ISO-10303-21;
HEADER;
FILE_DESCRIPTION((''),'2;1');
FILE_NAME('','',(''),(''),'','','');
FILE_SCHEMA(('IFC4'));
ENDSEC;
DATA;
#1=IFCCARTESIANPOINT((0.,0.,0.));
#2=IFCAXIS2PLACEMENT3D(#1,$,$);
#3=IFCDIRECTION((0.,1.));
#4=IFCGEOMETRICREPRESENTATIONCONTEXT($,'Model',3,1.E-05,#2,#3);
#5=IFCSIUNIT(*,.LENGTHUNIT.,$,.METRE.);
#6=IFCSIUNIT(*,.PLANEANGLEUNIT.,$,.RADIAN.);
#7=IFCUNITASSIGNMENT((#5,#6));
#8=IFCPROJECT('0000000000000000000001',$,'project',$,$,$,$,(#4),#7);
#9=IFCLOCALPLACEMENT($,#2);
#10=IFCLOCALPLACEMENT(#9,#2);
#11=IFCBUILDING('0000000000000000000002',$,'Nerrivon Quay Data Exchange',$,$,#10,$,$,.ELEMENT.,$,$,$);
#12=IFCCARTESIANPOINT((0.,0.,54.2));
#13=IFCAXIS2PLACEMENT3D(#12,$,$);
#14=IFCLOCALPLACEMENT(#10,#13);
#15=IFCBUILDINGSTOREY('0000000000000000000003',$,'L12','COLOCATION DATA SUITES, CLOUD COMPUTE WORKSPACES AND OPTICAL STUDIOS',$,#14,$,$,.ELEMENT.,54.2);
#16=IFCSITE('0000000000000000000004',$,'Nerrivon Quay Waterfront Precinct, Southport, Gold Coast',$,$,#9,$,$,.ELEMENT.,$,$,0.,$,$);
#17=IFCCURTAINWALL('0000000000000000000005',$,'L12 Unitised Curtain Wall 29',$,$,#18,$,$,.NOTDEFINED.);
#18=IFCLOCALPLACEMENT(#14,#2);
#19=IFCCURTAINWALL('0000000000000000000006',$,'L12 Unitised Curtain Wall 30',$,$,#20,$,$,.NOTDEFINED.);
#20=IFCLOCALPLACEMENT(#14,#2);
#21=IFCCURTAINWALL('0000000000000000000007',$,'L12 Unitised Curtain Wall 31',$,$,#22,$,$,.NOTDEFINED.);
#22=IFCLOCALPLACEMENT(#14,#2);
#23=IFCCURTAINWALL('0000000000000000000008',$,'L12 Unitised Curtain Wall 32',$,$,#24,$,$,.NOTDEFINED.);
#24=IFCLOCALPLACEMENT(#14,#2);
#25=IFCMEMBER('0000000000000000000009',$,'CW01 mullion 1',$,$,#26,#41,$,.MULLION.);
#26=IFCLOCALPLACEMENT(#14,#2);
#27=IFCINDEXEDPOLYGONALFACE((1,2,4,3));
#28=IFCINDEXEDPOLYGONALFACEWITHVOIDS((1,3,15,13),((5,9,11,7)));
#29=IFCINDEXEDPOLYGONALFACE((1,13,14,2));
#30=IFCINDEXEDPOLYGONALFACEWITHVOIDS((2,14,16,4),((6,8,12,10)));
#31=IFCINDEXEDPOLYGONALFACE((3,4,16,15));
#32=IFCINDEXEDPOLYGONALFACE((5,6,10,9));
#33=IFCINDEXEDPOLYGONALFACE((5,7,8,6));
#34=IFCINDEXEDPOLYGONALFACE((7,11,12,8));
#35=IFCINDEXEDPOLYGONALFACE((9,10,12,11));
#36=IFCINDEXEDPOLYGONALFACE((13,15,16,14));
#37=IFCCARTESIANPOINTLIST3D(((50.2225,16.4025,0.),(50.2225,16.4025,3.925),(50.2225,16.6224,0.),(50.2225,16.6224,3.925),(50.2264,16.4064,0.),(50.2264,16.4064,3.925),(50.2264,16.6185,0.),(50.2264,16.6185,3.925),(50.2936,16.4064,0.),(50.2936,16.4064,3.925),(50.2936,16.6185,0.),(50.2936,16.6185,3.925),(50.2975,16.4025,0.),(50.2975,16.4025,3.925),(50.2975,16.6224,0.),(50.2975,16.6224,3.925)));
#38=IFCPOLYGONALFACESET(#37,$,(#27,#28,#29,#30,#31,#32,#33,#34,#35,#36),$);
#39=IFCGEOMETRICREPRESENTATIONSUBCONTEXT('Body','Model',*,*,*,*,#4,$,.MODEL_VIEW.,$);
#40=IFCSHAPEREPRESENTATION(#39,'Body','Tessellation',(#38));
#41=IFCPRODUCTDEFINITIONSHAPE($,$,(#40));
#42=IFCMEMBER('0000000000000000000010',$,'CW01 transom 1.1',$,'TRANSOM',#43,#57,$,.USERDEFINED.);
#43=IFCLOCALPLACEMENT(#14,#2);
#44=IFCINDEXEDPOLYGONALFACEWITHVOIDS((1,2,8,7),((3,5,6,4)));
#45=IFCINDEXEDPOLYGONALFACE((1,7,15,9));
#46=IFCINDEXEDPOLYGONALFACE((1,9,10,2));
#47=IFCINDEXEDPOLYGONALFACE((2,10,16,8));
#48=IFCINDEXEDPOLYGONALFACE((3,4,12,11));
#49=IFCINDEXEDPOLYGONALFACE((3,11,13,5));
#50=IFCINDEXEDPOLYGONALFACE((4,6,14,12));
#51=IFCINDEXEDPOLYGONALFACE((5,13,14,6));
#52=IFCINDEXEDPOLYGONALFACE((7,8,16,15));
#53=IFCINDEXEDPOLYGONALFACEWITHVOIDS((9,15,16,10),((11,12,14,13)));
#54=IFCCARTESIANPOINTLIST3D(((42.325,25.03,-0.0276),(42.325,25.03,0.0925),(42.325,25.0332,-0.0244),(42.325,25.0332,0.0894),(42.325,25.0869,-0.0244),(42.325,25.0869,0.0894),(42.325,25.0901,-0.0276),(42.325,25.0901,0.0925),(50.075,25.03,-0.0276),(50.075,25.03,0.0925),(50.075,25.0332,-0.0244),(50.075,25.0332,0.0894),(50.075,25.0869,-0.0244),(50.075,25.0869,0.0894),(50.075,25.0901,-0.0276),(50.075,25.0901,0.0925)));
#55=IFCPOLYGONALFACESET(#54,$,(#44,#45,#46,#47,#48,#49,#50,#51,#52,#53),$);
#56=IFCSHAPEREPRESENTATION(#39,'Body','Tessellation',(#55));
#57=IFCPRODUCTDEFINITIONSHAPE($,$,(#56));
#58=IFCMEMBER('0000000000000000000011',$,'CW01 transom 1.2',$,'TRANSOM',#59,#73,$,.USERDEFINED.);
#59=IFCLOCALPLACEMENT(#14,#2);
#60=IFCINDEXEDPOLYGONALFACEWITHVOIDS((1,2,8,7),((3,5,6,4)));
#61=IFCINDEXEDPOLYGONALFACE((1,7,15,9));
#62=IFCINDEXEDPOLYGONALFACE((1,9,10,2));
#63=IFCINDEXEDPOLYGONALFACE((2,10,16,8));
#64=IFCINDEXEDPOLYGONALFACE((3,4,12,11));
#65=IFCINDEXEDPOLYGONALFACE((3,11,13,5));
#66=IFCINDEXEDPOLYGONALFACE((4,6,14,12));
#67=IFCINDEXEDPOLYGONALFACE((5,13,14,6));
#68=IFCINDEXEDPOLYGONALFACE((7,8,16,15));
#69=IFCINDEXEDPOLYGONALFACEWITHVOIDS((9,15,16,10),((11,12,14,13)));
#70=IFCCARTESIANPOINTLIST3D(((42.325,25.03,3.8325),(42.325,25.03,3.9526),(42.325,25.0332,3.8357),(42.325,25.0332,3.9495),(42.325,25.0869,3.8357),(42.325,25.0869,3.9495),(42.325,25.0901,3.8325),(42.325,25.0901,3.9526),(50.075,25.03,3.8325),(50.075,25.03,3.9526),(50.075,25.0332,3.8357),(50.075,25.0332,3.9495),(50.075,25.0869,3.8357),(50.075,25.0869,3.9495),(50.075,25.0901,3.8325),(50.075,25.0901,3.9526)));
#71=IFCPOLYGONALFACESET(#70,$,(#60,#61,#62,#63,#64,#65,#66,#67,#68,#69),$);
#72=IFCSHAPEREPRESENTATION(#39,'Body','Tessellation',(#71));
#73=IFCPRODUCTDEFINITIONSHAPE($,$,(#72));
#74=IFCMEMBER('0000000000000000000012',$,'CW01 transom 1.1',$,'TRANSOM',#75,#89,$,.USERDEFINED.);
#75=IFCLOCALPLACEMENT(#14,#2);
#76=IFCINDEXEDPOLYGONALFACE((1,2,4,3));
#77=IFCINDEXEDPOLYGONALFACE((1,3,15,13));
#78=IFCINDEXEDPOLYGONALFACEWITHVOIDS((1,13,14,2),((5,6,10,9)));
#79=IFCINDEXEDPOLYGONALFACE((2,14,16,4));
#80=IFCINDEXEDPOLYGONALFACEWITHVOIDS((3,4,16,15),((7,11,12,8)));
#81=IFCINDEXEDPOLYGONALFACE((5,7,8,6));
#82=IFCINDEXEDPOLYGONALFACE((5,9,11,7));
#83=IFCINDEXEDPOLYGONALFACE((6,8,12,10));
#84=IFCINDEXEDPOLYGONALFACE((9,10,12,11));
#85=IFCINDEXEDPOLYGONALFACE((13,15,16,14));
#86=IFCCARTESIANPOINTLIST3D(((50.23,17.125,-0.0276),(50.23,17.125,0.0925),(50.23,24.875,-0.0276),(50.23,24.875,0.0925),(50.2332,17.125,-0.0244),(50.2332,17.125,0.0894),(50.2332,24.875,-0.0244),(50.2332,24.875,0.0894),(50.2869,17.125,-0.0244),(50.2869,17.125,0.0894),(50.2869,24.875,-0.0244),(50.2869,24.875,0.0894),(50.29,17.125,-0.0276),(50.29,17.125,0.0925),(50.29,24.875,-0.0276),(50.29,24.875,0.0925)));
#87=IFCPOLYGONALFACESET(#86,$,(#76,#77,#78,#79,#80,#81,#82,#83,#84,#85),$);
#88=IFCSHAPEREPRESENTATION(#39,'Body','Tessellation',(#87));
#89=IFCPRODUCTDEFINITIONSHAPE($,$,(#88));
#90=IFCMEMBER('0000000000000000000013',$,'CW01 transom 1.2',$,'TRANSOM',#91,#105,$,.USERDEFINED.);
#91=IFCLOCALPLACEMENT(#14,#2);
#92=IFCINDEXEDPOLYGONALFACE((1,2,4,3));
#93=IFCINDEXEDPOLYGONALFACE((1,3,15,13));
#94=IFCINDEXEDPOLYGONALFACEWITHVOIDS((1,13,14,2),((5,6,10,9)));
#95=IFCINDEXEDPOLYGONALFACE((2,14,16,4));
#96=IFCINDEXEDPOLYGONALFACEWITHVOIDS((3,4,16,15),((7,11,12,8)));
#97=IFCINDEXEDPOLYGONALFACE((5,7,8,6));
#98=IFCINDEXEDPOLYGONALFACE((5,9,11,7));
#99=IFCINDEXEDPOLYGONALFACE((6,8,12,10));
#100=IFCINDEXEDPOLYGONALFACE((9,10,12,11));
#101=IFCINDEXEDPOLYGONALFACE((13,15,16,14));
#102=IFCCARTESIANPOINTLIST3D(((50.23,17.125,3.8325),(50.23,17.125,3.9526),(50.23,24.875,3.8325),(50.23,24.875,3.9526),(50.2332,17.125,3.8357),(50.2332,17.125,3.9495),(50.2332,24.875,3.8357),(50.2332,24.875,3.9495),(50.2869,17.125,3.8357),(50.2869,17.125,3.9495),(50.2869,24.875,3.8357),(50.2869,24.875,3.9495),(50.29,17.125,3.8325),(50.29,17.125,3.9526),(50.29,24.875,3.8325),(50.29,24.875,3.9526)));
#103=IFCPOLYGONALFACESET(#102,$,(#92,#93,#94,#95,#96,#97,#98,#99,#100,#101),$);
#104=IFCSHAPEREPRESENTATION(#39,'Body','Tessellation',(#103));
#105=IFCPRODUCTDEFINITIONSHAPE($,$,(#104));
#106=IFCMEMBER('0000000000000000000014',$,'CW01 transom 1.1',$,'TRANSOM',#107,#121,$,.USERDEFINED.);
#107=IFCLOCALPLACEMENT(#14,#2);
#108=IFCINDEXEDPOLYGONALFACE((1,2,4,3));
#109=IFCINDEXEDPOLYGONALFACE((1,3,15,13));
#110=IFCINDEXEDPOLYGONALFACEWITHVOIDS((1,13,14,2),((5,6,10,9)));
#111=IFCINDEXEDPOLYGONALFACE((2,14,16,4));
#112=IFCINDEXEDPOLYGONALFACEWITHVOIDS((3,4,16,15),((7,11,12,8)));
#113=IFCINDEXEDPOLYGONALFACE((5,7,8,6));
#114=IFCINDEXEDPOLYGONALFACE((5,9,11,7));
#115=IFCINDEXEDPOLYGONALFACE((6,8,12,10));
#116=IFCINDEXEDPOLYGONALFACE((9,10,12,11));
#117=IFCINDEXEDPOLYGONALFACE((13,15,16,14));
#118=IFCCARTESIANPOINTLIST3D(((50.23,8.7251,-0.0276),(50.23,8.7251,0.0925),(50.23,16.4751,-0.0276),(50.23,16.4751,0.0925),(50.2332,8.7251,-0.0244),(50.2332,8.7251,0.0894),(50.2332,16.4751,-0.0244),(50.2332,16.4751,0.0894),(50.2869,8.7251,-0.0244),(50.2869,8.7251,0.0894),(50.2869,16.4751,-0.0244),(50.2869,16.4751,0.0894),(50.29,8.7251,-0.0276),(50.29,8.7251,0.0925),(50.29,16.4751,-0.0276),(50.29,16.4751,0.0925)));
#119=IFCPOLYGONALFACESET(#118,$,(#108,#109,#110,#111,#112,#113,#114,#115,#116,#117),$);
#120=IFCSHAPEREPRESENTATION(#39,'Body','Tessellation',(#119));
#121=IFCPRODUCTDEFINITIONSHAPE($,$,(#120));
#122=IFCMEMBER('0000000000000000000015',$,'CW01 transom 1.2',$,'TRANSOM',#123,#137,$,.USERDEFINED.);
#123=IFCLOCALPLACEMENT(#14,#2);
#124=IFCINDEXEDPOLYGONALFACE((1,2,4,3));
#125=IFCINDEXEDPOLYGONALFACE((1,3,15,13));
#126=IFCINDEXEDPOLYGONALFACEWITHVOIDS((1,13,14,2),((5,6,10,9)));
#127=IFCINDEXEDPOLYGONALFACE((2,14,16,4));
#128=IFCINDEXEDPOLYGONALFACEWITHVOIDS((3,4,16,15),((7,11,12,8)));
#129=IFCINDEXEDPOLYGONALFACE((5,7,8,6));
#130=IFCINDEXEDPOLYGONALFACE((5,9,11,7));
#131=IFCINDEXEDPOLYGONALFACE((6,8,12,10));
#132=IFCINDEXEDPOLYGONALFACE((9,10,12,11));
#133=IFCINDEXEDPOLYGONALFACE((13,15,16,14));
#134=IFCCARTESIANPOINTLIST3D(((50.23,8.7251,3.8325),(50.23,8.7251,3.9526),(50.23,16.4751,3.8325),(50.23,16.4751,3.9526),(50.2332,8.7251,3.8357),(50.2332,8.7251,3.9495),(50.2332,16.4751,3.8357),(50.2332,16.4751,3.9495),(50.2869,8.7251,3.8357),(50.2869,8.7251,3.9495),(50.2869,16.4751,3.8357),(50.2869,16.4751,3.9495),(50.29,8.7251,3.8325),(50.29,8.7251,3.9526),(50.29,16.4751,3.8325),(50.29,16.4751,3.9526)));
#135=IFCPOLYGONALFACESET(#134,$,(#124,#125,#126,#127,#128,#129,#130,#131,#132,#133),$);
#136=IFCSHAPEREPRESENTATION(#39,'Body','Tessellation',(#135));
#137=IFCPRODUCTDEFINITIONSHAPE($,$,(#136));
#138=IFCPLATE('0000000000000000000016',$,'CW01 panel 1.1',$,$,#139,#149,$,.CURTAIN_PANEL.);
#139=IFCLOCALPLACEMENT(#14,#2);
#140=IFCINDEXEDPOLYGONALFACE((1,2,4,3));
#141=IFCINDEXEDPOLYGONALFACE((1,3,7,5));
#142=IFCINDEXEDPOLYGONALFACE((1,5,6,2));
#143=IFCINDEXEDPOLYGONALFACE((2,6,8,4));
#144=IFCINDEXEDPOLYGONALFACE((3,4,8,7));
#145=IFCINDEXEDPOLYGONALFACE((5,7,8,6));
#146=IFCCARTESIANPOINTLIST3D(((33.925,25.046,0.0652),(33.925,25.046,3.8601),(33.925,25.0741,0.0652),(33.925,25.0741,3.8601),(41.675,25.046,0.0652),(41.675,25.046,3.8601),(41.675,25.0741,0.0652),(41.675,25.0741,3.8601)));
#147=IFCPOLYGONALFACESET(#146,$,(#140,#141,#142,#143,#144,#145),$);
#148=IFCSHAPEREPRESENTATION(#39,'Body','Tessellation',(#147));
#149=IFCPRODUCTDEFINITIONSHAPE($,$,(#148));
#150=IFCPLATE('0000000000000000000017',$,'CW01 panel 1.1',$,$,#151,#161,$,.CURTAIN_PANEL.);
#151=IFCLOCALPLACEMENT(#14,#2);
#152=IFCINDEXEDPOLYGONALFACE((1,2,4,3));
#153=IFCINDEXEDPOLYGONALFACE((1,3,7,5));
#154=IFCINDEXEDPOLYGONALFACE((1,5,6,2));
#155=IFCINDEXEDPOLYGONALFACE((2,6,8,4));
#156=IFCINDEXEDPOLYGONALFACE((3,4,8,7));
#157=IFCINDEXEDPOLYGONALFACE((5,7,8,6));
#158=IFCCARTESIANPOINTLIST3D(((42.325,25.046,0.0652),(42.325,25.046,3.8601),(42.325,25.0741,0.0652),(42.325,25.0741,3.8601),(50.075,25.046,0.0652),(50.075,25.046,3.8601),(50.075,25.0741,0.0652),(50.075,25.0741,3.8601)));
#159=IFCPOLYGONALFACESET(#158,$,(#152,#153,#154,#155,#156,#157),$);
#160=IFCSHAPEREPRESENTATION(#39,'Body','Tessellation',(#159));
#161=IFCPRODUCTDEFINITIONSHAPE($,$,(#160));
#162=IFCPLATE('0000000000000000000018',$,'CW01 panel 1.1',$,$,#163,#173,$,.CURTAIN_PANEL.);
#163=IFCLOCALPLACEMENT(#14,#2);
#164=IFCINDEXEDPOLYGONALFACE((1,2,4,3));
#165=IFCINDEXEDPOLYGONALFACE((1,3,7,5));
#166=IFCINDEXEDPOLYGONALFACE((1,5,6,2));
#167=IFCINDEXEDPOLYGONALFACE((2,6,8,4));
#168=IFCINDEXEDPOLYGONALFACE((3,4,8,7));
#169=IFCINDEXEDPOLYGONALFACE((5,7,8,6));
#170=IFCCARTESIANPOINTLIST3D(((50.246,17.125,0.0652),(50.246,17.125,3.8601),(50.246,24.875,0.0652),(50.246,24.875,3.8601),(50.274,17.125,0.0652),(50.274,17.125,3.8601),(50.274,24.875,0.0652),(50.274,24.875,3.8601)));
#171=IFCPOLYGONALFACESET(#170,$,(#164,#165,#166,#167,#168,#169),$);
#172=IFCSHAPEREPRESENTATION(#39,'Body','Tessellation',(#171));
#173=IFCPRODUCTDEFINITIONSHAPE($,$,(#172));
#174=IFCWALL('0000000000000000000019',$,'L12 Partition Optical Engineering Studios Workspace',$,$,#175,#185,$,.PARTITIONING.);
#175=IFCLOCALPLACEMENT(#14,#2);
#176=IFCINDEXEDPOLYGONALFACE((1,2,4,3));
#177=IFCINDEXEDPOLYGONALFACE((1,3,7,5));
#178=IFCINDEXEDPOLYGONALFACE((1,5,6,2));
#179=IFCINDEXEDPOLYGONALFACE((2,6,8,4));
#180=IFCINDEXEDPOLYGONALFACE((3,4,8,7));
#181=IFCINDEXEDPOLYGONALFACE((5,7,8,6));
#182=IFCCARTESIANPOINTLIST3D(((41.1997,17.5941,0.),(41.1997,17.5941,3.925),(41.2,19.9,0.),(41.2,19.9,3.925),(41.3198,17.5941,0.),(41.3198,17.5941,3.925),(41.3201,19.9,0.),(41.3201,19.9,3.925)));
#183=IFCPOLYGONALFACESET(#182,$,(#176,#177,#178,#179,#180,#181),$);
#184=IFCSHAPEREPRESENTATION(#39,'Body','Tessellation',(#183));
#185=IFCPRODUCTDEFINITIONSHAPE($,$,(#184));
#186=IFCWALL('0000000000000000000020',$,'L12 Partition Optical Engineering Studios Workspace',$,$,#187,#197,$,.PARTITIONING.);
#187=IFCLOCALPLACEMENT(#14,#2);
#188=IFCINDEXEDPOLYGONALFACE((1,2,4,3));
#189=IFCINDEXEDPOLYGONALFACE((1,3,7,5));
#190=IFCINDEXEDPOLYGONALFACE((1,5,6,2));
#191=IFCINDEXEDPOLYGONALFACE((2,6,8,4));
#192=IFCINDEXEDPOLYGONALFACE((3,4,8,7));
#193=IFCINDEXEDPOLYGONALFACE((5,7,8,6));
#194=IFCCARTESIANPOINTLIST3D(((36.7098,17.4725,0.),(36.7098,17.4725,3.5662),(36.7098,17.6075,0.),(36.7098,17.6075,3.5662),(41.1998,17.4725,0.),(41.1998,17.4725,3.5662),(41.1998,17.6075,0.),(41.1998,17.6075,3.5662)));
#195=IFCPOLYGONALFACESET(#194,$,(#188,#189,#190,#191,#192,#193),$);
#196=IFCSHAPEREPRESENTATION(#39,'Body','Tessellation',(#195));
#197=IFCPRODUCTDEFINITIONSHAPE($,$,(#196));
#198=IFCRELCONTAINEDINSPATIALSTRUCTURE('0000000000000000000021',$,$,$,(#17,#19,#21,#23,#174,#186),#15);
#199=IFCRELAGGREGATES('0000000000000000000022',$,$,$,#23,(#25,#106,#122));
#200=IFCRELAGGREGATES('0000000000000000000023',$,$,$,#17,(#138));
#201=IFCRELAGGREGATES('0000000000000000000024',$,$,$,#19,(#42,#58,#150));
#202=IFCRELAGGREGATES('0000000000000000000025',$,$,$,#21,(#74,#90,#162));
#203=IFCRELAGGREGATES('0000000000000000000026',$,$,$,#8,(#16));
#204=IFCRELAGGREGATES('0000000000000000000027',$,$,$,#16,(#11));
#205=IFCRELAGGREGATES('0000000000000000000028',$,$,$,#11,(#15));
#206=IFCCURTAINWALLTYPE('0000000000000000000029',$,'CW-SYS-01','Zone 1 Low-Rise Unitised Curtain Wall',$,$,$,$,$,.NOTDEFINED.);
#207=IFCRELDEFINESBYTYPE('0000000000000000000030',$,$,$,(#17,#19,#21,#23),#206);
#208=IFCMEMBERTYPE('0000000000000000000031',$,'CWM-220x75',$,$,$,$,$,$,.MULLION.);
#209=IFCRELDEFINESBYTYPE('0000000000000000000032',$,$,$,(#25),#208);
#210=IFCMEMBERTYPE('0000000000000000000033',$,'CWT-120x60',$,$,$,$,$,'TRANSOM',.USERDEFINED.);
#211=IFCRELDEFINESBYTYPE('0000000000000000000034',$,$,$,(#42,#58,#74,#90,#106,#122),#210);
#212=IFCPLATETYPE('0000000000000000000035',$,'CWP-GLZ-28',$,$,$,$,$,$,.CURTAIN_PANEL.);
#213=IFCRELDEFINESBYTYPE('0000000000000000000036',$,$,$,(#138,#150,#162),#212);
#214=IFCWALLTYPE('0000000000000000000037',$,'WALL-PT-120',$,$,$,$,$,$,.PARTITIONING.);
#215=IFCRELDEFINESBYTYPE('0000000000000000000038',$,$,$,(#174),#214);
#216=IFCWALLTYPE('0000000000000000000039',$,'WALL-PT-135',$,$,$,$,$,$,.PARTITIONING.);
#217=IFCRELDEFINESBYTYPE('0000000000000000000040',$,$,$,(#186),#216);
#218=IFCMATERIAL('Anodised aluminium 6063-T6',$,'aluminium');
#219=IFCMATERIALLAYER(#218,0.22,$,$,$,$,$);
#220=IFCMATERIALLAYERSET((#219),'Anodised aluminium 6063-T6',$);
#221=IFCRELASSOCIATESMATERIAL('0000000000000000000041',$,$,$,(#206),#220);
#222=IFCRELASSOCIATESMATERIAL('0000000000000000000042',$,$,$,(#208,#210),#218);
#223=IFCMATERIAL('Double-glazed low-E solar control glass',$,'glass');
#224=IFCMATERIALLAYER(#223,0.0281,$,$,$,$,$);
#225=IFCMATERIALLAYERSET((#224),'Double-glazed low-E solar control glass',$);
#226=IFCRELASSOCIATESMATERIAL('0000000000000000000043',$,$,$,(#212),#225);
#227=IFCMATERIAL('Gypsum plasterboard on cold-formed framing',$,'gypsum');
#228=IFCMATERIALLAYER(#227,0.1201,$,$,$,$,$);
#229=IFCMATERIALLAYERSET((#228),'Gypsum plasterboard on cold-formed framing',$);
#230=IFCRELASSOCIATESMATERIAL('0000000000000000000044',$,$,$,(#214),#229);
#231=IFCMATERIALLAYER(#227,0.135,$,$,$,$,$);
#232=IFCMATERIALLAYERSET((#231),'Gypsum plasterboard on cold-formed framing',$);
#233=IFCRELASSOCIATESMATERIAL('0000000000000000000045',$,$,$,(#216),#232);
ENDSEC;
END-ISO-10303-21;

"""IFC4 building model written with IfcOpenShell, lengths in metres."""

from ifc_helpers import new_model, si_unit, direction, frame, frame_2d, origin, origin_2d, place, context, subcontext, project, spatial, rectangle, hollow_rectangle, extrude, material, layer, layer_set, material_profile, profile_set, type_object, element, aggregate, save


model = new_model("IFC4")

# Units and contexts
model_context = context("Model", 3, precision=1e-05, world=origin(), true_north=direction((0.0, 1.0)))
body_context = subcontext(model_context, "Body", "Model", "MODEL_VIEW")
ifc_project = project(units=[si_unit("LENGTHUNIT", "METRE"), si_unit("PLANEANGLEUNIT", "RADIAN")], contexts=[model_context])

# Site, building, storey
site_placement = place(None, origin())
site = spatial("IfcSite", under=ifc_project, at=site_placement, Name="Nerrivon Quay Waterfront Precinct, Southport, Gold Coast", CompositionType="ELEMENT", RefElevation=0.0)
building_placement = place(site_placement, origin())
building = spatial("IfcBuilding", under=site, at=building_placement, Name="Nerrivon Quay Data Exchange", CompositionType="ELEMENT")
storey_placement = place(building_placement, frame((0.0, 0.0, 54.2)))
storey = spatial("IfcBuildingStorey", under=building, at=storey_placement, Name="L12", Description="COLOCATION DATA SUITES, CLOUD COMPUTE WORKSPACES AND OPTICAL STUDIOS", CompositionType="ELEMENT", Elevation=54.2)

# Curtain wall
ifc_material_1 = material(Name="Anodised aluminium 6063-T6", Category="aluminium")
ifc_layer_1 = layer(ifc_material_1, 0.22)
ifc_layer_set_1 = layer_set([ifc_layer_1], Name="Anodised aluminium 6063-T6")
curtain_wall_type = type_object("IfcCurtainWallType", Name="CW-SYS-01", Description="Zone 1 Low-Rise Unitised Curtain Wall", PredefinedType="NOTDEFINED", material=ifc_layer_set_1)
curtain_wall_1_placement = place(storey_placement, origin())
curtain_wall_1 = element("IfcCurtainWall", 1, at=curtain_wall_1_placement, inside=storey, type_object=curtain_wall_type, Name="L12 Unitised Curtain Wall 29", PredefinedType="NOTDEFINED")
ifc_material_profile_1 = material_profile(ifc_material_1, hollow_rectangle(XDim=0.075, YDim=0.22, WallThickness=0.0039, at=origin_2d()), Name="ALU-MULL-220x75")
ifc_profile_set_1 = profile_set([ifc_material_profile_1], Name="Anodised aluminium 6063-T6")
member_type_1 = type_object("IfcMemberType", Name="CWM-220x75", PredefinedType="MULLION", material=ifc_profile_set_1)

# Curtain walls
curtain_wall_2_placement = place(storey_placement, origin())
curtain_wall_2 = element("IfcCurtainWall", 2, at=curtain_wall_2_placement, inside=storey, type_object=curtain_wall_type, Name="L12 Unitised Curtain Wall 30", PredefinedType="NOTDEFINED")
curtain_wall_3_placement = place(storey_placement, origin())
curtain_wall_3 = element("IfcCurtainWall", 3, at=curtain_wall_3_placement, inside=storey, type_object=curtain_wall_type, Name="L12 Unitised Curtain Wall 31", PredefinedType="NOTDEFINED")

# Curtain wall, member
curtain_wall_4_placement = place(storey_placement, origin())
curtain_wall_4 = element("IfcCurtainWall", 4, at=curtain_wall_4_placement, inside=storey, type_object=curtain_wall_type, Name="L12 Unitised Curtain Wall 32", PredefinedType="NOTDEFINED")
member_1_placement = place(storey_placement, frame((50.26, 16.5125, 0.0), z_axis=(0.0, 0.0, 1.0), x_axis=(1.0, 0.0, 0.0)))
member_1 = element("IfcMember", 5, at=member_1_placement, type_object=member_type_1, Name="CW01 mullion 1", PredefinedType="MULLION", context=body_context, shape_type="SweptSolid", body=[
    extrude(hollow_rectangle(XDim=0.075, YDim=0.22, WallThickness=0.0039, at=origin_2d()), origin(), (0.0, 0.0, 1.0), 3.925),
])

# Members
ifc_material_profile_2 = material_profile(ifc_material_1, hollow_rectangle(XDim=0.0601, YDim=0.1201, WallThickness=0.0032, at=origin_2d()), Name="ALU-TRAN-120x60")
ifc_profile_set_2 = profile_set([ifc_material_profile_2], Name="Anodised aluminium 6063-T6")
member_type_2 = type_object("IfcMemberType", Name="CWT-120x60", ElementType="TRANSOM", PredefinedType="USERDEFINED", material=ifc_profile_set_2)
member_2_placement = place(storey_placement, frame((42.325, 25.0601, 0.0325), z_axis=(1.0, 0.0, 0.0), x_axis=(0.0, 1.0, 0.0)))
member_2 = element("IfcMember", 6, at=member_2_placement, type_object=member_type_2, Name="CW01 transom 1.1", ObjectType="TRANSOM", PredefinedType="USERDEFINED", context=body_context, shape_type="SweptSolid", body=[
    extrude(hollow_rectangle(XDim=0.0601, YDim=0.1201, WallThickness=0.0032, at=origin_2d()), origin(), (0.0, 0.0, 1.0), 7.75),
])
member_3_placement = place(storey_placement, frame((42.325, 25.0601, 3.8926), z_axis=(1.0, 0.0, 0.0), x_axis=(0.0, 1.0, 0.0)))
member_3 = element("IfcMember", 7, at=member_3_placement, type_object=member_type_2, Name="CW01 transom 1.2", ObjectType="TRANSOM", PredefinedType="USERDEFINED", context=body_context, shape_type="SweptSolid", body=[
    extrude(hollow_rectangle(XDim=0.0601, YDim=0.1201, WallThickness=0.0032, at=origin_2d()), origin(), (0.0, 0.0, 1.0), 7.75),
])
member_4_placement = place(storey_placement, frame((50.26, 24.875, 0.0325), z_axis=(0.0, -1.0, 0.0), x_axis=(1.0, 0.0, 0.0)))
member_4 = element("IfcMember", 8, at=member_4_placement, type_object=member_type_2, Name="CW01 transom 1.1", ObjectType="TRANSOM", PredefinedType="USERDEFINED", context=body_context, shape_type="SweptSolid", body=[
    extrude(hollow_rectangle(XDim=0.0601, YDim=0.1201, WallThickness=0.0032, at=origin_2d()), origin(), (0.0, 0.0, 1.0), 7.75),
])
member_5_placement = place(storey_placement, frame((50.26, 24.875, 3.8926), z_axis=(0.0, -1.0, 0.0), x_axis=(1.0, 0.0, 0.0)))
member_5 = element("IfcMember", 9, at=member_5_placement, type_object=member_type_2, Name="CW01 transom 1.2", ObjectType="TRANSOM", PredefinedType="USERDEFINED", context=body_context, shape_type="SweptSolid", body=[
    extrude(hollow_rectangle(XDim=0.0601, YDim=0.1201, WallThickness=0.0032, at=origin_2d()), origin(), (0.0, 0.0, 1.0), 7.75),
])
member_6_placement = place(storey_placement, frame((50.26, 16.4751, 0.0325), z_axis=(0.0, -1.0, 0.0), x_axis=(1.0, 0.0, 0.0)))
member_6 = element("IfcMember", 10, at=member_6_placement, type_object=member_type_2, Name="CW01 transom 1.1", ObjectType="TRANSOM", PredefinedType="USERDEFINED", context=body_context, shape_type="SweptSolid", body=[
    extrude(hollow_rectangle(XDim=0.0601, YDim=0.1201, WallThickness=0.0032, at=origin_2d()), origin(), (0.0, 0.0, 1.0), 7.75),
])
member_7_placement = place(storey_placement, frame((50.26, 16.4751, 3.8926), z_axis=(0.0, -1.0, 0.0), x_axis=(1.0, 0.0, 0.0)))
member_7 = element("IfcMember", 11, at=member_7_placement, type_object=member_type_2, Name="CW01 transom 1.2", ObjectType="TRANSOM", PredefinedType="USERDEFINED", context=body_context, shape_type="SweptSolid", body=[
    extrude(hollow_rectangle(XDim=0.0601, YDim=0.1201, WallThickness=0.0032, at=origin_2d()), origin(), (0.0, 0.0, 1.0), 7.75),
])
aggregate(curtain_wall_4, [member_1, member_6, member_7])

# Plates
ifc_material_2 = material(Name="Double-glazed low-E solar control glass", Category="glass")
ifc_layer_2 = layer(ifc_material_2, 0.0281)
ifc_layer_set_2 = layer_set([ifc_layer_2], Name="Double-glazed low-E solar control glass")
plate_type = type_object("IfcPlateType", Name="CWP-GLZ-28", PredefinedType="CURTAIN_PANEL", material=ifc_layer_set_2)
plate_1_placement = place(storey_placement, frame((37.8, 25.0601, 0.0652), z_axis=(0.0, 0.0, 1.0), x_axis=(1.0, 0.0, 0.0)))
plate_1 = element("IfcPlate", 12, at=plate_1_placement, type_object=plate_type, Name="CW01 panel 1.1", PredefinedType="CURTAIN_PANEL", context=body_context, shape_type="SweptSolid", body=[
    extrude(rectangle(XDim=7.75, YDim=0.0281, at=origin_2d()), origin(), (0.0, 0.0, 1.0), 3.7949),
])
aggregate(curtain_wall_1, [plate_1])
plate_2_placement = place(storey_placement, frame((46.2, 25.0601, 0.0652), z_axis=(0.0, 0.0, 1.0), x_axis=(1.0, 0.0, 0.0)))
plate_2 = element("IfcPlate", 13, at=plate_2_placement, type_object=plate_type, Name="CW01 panel 1.1", PredefinedType="CURTAIN_PANEL", context=body_context, shape_type="SweptSolid", body=[
    extrude(rectangle(XDim=7.75, YDim=0.0281, at=origin_2d()), origin(), (0.0, 0.0, 1.0), 3.7949),
])
aggregate(curtain_wall_2, [member_2, member_3, plate_2])
plate_3_placement = place(storey_placement, frame((50.26, 21.0, 0.0652), z_axis=(0.0, 0.0, 1.0), x_axis=(0.0, -1.0, 0.0)))
plate_3 = element("IfcPlate", 14, at=plate_3_placement, type_object=plate_type, Name="CW01 panel 1.1", PredefinedType="CURTAIN_PANEL", context=body_context, shape_type="SweptSolid", body=[
    extrude(rectangle(XDim=7.75, YDim=0.0281, at=origin_2d()), origin(), (0.0, 0.0, 1.0), 3.7949),
])
aggregate(curtain_wall_3, [member_4, member_5, plate_3])

# Walls
ifc_material_3 = material(Name="Gypsum plasterboard on cold-formed framing", Category="gypsum")
ifc_layer_3 = layer(ifc_material_3, 0.1201)
ifc_layer_set_3 = layer_set([ifc_layer_3], Name="Gypsum plasterboard on cold-formed framing")
wall_type_1 = type_object("IfcWallType", Name="WALL-PT-120", PredefinedType="PARTITIONING", material=ifc_layer_set_3)
wall_1_placement = place(storey_placement, frame((41.26, 19.8999, 0.0), z_axis=(0.0, 0.0, 1.0), x_axis=(-0.000106, -1.0, 0.0)))
element("IfcWall", 15, at=wall_1_placement, inside=storey, type_object=wall_type_1, Name="L12 Partition Optical Engineering Studios Workspace", PredefinedType="PARTITIONING", context=body_context, shape_type="SweptSolid", body=[
    extrude(rectangle(XDim=2.3059, YDim=0.1201, at=frame_2d((1.1528, 0.0))), origin(), (0.0, 0.0, 1.0), 3.925),
])
ifc_layer_4 = layer(ifc_material_3, 0.135)
ifc_layer_set_4 = layer_set([ifc_layer_4], Name="Gypsum plasterboard on cold-formed framing")
wall_type_2 = type_object("IfcWallType", Name="WALL-PT-135", PredefinedType="PARTITIONING", material=ifc_layer_set_4)
wall_2_placement = place(storey_placement, frame((41.2, 17.54, 0.0), z_axis=(0.0, 0.0, 1.0), x_axis=(-1.0, 0.0, 0.0)))
element("IfcWall", 16, at=wall_2_placement, inside=storey, type_object=wall_type_2, Name="L12 Partition Optical Engineering Studios Workspace", PredefinedType="PARTITIONING", context=body_context, shape_type="SweptSolid", body=[
    extrude(rectangle(XDim=4.49, YDim=0.135, at=frame_2d((2.2451, 0.0))), origin(), (0.0, 0.0, 1.0), 3.5662),
])

save(model, "model.ifc")
